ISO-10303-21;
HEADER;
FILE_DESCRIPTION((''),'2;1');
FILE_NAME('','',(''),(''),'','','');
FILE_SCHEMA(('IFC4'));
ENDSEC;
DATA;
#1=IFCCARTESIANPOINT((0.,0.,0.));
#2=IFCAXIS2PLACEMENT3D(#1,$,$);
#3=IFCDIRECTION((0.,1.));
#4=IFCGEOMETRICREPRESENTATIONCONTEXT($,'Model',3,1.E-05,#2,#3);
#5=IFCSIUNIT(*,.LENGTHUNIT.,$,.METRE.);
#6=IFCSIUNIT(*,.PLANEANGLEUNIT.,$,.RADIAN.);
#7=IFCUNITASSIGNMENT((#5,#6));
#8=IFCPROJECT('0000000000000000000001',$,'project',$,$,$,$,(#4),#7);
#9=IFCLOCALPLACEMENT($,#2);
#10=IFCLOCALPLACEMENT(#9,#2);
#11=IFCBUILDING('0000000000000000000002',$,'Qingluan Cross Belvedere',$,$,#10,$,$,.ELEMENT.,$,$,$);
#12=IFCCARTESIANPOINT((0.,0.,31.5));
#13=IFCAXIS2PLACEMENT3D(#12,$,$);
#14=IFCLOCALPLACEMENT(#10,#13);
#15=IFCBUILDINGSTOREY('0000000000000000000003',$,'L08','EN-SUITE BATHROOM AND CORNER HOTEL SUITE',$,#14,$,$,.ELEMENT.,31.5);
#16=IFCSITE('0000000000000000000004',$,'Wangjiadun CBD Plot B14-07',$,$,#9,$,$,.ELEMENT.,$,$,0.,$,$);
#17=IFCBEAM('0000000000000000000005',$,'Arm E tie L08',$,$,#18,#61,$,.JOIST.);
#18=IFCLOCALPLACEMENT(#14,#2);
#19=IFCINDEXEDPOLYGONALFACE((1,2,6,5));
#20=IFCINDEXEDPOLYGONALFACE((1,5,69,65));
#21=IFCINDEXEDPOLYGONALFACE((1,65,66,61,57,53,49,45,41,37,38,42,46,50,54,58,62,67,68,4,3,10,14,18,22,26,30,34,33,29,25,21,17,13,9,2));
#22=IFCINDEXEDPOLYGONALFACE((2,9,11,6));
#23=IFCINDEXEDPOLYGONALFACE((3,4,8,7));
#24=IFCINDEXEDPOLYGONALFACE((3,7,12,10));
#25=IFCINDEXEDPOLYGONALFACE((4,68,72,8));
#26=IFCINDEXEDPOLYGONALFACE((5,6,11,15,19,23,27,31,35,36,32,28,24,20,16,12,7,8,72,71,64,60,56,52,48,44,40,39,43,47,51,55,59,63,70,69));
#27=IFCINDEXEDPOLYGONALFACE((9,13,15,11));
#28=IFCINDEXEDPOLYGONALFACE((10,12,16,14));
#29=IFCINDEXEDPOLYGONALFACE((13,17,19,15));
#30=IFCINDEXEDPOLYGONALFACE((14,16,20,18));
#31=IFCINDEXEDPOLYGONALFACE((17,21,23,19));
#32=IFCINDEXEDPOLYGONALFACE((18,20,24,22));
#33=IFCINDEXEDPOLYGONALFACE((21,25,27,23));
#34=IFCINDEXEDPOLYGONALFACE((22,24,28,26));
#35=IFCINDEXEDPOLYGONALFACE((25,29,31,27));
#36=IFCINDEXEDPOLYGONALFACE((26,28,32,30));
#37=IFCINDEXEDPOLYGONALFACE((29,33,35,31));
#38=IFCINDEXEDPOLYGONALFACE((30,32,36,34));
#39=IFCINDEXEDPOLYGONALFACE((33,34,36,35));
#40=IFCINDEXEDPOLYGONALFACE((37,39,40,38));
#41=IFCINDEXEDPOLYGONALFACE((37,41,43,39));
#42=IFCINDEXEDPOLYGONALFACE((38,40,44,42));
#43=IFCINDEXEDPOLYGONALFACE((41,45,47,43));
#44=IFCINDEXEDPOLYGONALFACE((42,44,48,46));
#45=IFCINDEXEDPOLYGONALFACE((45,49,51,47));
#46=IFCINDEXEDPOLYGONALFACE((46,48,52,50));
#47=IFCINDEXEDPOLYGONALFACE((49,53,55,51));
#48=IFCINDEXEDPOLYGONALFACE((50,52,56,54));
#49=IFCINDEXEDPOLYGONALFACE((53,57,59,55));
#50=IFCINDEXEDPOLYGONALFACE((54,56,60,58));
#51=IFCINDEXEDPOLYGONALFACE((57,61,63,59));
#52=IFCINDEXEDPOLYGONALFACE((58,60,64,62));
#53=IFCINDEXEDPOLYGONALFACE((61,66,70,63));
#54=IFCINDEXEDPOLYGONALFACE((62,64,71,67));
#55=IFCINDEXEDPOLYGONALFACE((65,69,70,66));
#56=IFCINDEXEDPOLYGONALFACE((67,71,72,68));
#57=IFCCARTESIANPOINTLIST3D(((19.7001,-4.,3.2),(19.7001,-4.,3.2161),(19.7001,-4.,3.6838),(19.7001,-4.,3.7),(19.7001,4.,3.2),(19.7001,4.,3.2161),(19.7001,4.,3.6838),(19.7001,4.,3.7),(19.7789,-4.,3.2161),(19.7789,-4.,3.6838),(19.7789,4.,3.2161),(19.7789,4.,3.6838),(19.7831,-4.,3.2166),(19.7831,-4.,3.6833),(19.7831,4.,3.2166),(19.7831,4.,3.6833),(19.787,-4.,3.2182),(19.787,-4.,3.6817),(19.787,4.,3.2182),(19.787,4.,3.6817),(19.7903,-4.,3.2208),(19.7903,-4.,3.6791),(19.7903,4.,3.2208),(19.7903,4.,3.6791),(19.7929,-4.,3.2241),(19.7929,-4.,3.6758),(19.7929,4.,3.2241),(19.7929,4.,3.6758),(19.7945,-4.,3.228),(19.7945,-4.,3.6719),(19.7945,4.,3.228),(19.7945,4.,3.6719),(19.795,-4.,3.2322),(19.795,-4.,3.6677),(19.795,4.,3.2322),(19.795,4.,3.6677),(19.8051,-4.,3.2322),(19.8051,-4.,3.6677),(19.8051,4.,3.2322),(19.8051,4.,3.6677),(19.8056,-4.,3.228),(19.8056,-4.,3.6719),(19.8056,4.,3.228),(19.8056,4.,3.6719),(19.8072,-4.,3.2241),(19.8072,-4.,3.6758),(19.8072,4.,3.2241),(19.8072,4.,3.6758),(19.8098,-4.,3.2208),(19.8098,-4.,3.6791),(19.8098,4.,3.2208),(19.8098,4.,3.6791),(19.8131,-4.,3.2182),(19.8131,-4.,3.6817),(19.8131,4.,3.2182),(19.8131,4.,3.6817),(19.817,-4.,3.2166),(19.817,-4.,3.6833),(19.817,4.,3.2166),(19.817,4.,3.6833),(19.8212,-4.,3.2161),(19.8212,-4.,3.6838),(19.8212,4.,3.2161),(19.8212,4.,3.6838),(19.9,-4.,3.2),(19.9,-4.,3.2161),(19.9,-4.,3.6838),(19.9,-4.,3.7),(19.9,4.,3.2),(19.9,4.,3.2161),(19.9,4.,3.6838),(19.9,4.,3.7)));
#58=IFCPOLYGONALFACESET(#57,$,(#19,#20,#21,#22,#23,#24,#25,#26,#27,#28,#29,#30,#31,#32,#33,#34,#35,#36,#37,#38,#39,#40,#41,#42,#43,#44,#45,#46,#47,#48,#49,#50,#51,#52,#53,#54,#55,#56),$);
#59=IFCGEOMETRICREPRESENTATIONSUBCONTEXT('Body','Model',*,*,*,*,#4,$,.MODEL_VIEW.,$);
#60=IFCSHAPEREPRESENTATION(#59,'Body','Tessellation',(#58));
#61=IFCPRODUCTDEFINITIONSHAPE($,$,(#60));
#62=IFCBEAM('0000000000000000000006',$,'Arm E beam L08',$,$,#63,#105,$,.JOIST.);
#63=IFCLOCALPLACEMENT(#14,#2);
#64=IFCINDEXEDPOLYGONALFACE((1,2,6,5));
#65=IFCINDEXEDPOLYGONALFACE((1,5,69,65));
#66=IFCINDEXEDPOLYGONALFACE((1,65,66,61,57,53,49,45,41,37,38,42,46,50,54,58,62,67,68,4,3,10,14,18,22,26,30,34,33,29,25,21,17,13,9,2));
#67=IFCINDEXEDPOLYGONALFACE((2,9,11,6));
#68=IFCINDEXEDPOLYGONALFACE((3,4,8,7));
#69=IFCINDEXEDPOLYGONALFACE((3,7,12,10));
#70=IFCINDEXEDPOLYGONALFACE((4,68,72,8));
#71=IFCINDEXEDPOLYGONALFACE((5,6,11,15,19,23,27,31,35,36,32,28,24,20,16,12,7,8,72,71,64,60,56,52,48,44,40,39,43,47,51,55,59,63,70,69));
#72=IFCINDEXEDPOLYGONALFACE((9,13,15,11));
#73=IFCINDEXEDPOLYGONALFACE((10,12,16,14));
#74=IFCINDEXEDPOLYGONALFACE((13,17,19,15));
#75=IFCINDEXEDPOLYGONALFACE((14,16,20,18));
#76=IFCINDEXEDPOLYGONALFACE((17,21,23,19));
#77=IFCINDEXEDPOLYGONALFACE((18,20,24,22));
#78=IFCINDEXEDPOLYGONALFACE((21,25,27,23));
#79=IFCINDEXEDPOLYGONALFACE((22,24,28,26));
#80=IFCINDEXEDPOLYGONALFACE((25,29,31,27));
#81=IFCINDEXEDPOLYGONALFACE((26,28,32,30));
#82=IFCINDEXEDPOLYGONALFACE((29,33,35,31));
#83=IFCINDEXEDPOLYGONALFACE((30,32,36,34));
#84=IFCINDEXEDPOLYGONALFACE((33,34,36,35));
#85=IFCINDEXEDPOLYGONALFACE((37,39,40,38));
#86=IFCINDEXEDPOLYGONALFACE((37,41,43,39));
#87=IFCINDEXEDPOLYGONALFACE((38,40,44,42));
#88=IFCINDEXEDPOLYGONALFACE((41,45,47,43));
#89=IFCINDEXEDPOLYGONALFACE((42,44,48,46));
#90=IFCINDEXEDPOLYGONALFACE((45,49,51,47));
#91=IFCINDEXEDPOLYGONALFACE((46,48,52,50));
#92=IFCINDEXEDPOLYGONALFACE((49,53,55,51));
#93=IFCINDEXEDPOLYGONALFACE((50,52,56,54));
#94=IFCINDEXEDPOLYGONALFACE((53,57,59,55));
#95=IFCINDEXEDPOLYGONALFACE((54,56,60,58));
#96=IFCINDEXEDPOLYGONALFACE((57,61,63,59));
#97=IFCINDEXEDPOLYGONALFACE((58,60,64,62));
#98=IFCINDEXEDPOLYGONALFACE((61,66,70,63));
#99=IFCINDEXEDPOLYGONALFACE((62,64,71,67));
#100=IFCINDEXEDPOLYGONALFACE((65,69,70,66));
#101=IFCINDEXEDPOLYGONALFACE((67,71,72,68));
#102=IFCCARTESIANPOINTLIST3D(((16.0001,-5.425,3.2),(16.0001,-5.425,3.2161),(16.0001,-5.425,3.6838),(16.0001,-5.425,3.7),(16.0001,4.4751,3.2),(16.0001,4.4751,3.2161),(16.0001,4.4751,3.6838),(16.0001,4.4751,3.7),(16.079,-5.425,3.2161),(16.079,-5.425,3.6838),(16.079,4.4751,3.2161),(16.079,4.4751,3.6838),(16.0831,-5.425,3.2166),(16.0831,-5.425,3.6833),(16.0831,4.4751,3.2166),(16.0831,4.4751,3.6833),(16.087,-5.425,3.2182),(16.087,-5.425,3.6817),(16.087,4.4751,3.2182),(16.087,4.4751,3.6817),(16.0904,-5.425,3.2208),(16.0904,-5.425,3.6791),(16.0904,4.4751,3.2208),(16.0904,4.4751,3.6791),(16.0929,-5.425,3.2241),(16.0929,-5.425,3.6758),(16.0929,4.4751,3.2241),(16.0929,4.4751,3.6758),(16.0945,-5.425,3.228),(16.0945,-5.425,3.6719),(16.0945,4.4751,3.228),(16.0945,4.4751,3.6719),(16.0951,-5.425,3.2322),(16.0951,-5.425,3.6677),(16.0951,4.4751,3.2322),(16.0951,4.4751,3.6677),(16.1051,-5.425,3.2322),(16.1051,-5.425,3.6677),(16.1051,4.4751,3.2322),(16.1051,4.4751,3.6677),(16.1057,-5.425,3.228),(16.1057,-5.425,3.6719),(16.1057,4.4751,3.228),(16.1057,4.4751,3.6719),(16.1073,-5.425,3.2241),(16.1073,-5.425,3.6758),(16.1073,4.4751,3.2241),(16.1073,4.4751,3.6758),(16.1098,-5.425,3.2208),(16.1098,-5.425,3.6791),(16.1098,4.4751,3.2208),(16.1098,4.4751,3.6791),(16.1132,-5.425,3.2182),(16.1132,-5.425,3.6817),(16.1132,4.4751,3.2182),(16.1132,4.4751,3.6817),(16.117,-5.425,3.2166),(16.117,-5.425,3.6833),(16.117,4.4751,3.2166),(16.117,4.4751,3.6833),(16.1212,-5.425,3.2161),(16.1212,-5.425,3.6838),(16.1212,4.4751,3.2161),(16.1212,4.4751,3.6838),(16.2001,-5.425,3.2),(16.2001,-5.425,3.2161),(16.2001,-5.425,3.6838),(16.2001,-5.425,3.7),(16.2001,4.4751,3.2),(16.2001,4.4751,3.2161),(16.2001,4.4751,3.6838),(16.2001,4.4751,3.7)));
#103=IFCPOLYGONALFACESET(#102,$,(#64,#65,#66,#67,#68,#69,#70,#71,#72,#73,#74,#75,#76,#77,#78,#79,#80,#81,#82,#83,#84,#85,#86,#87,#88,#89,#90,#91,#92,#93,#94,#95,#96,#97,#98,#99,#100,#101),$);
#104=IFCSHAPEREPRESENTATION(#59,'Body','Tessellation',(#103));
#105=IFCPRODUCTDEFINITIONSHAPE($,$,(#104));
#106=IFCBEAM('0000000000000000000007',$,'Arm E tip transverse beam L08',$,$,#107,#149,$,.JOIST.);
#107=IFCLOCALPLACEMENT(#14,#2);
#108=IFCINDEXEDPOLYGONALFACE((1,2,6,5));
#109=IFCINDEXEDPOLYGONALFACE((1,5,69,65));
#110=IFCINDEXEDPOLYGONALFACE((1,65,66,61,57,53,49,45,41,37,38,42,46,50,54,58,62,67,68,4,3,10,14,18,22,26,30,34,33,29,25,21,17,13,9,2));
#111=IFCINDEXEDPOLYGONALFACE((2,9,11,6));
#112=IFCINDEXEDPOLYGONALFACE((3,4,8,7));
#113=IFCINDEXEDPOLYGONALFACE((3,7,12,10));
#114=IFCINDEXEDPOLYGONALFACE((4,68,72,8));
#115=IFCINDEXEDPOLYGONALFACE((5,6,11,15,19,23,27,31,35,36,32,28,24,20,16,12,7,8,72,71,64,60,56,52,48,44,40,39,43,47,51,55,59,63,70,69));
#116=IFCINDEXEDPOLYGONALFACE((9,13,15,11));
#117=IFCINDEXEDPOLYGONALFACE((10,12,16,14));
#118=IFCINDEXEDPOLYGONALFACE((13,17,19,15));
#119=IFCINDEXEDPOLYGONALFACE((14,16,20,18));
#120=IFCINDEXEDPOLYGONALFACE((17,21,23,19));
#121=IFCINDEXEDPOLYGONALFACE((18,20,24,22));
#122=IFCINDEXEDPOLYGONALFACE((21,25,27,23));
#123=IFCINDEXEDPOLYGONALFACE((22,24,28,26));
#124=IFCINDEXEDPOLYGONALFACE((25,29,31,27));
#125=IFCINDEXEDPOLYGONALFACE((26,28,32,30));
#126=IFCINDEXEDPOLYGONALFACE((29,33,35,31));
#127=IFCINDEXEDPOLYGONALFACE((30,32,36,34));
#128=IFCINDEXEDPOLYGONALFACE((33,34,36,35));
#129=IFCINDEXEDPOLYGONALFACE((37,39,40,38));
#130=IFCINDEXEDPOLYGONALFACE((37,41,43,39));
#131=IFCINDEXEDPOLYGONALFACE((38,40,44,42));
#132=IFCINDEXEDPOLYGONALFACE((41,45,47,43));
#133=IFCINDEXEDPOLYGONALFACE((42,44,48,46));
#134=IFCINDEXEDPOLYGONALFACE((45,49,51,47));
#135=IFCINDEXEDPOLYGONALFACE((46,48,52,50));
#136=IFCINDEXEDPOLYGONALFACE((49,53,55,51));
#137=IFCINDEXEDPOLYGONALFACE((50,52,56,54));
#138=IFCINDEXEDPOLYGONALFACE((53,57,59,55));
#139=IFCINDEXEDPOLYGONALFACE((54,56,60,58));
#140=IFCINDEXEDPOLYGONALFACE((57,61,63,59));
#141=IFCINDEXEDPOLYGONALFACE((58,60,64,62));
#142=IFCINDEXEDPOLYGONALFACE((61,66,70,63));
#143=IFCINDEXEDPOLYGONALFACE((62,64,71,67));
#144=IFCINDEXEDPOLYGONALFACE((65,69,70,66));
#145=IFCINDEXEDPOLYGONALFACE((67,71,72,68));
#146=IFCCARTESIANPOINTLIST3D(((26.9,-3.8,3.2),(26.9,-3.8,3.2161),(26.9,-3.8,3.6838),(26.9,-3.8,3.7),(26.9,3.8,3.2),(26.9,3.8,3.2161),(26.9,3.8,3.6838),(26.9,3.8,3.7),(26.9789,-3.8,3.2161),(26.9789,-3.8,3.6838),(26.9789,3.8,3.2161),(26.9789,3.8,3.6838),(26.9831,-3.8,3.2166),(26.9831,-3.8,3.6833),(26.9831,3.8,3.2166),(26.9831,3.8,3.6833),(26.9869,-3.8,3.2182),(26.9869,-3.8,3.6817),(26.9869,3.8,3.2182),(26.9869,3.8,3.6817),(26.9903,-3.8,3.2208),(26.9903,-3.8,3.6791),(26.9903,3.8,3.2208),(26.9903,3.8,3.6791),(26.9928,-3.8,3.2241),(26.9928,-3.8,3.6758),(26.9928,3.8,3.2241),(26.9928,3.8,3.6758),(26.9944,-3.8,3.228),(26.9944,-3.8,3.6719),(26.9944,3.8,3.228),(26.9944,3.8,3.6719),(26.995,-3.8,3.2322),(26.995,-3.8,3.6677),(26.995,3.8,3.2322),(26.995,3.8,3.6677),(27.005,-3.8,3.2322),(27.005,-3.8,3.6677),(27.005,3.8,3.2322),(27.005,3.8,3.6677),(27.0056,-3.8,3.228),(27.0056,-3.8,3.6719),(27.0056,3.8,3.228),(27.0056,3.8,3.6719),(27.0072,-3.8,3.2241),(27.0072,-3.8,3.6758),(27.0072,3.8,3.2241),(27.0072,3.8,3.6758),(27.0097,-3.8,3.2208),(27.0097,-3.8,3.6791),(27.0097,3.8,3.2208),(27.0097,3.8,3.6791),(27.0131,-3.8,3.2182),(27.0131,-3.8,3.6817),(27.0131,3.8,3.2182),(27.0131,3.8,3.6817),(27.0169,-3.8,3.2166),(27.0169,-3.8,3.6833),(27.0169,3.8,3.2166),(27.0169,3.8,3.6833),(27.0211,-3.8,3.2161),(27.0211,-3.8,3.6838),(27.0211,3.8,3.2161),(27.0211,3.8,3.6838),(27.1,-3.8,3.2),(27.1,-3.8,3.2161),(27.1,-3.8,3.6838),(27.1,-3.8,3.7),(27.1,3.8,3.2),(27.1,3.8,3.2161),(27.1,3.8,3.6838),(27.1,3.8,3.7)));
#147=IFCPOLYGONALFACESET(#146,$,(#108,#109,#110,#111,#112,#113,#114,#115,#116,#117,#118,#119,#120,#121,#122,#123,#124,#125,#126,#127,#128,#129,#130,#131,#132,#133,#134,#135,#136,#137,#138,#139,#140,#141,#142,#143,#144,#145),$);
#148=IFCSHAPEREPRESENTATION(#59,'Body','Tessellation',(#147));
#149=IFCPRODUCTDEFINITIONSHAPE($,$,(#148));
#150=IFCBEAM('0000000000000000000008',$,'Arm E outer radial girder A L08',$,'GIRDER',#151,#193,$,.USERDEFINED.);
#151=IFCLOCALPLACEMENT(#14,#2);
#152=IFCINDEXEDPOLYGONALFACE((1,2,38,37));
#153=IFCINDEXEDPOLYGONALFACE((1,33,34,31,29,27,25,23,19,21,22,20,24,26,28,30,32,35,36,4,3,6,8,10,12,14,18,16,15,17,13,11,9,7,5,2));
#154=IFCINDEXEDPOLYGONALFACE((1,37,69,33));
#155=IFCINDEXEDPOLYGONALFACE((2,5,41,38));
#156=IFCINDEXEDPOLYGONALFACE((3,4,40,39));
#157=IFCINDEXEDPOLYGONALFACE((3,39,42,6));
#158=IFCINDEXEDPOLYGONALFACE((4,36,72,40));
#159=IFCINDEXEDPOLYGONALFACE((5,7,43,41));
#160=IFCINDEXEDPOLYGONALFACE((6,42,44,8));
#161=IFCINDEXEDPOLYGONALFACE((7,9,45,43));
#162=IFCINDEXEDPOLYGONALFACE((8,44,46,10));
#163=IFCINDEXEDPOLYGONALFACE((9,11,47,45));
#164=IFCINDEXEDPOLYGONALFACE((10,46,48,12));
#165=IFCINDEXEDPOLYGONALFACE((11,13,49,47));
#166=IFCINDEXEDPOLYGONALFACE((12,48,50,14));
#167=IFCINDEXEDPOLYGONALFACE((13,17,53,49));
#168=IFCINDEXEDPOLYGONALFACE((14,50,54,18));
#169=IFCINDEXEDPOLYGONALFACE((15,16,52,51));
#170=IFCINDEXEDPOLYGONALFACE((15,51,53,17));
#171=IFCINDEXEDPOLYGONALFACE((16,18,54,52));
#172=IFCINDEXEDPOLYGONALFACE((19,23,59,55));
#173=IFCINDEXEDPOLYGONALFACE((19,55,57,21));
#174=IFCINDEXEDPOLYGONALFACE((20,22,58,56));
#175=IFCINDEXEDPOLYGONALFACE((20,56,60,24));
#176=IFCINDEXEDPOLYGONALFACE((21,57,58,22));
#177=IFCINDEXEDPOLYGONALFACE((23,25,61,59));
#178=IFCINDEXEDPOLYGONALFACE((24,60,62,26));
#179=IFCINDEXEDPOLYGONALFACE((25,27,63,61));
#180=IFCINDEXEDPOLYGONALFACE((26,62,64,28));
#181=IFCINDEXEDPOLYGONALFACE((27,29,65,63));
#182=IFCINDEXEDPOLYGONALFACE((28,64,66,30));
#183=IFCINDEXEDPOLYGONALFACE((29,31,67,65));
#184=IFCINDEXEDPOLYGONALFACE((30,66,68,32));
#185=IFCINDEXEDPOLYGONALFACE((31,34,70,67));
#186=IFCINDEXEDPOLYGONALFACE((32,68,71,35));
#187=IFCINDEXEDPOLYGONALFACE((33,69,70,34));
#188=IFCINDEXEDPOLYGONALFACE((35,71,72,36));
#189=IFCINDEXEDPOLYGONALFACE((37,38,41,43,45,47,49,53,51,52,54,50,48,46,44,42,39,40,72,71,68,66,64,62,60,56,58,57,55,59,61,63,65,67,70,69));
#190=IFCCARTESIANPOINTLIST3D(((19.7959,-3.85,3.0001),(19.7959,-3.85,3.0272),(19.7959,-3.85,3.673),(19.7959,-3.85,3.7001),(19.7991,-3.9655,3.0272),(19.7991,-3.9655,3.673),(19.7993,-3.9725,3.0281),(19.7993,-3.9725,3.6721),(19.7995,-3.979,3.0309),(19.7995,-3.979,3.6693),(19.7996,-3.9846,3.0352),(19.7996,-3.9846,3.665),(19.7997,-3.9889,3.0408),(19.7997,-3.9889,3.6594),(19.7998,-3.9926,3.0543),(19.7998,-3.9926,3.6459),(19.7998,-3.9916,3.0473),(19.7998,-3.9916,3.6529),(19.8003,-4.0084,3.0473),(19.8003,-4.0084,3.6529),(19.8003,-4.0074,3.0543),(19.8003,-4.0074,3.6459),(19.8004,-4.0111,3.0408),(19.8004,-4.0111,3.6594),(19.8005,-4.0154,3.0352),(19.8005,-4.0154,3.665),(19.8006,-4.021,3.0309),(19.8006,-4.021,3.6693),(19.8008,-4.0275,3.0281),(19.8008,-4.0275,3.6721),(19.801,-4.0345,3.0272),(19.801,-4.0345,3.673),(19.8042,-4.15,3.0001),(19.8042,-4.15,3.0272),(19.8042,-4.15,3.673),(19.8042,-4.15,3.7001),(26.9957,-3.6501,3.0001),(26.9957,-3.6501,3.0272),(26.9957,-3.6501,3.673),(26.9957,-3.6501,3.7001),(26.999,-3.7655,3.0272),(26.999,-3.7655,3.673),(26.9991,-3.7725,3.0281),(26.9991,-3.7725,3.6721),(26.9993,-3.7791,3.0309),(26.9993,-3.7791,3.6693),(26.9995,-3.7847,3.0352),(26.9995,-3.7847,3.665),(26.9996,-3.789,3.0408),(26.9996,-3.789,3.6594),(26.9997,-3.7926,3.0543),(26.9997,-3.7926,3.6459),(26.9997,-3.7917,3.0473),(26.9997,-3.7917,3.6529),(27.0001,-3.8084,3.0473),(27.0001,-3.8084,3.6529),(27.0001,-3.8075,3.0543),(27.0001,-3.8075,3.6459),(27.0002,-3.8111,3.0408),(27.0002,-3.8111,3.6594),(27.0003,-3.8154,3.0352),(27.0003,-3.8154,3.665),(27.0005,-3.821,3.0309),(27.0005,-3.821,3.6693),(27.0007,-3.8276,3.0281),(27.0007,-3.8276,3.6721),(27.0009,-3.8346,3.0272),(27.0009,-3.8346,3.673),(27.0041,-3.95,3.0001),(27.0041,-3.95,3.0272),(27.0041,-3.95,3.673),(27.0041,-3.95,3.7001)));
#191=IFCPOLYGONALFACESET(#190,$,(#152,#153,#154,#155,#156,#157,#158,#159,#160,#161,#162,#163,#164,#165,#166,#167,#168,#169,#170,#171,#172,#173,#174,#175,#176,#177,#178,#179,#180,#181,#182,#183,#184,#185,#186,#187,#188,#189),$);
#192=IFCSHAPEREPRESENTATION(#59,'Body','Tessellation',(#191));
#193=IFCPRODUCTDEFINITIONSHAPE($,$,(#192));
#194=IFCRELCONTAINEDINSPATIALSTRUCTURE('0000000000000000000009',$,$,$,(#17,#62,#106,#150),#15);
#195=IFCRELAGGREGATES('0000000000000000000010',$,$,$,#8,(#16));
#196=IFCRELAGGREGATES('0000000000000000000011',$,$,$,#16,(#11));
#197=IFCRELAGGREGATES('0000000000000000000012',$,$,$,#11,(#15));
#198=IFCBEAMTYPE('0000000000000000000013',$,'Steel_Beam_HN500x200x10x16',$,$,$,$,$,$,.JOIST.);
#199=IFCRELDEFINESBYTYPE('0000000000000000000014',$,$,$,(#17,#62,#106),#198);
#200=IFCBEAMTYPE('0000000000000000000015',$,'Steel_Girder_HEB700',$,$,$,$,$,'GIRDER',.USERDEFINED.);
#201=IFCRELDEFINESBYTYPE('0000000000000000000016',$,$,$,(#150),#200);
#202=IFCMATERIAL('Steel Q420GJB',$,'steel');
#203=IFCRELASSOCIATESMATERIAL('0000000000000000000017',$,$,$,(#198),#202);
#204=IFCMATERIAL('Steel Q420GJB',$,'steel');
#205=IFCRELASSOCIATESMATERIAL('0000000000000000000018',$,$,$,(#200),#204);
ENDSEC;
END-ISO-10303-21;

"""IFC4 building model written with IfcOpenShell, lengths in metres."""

from ifc_helpers import new_model, si_unit, direction, frame, origin, origin_2d, place, context, subcontext, project, spatial, i_section, extrude, material, material_profile, profile_set, type_object, element, save


model = new_model("IFC4")

# Units and contexts
model_context = context("Model", 3, precision=1e-05, world=origin(), true_north=direction((0.0, 1.0)))
body_context = subcontext(model_context, "Body", "Model", "MODEL_VIEW")
ifc_project = project(units=[si_unit("LENGTHUNIT", "METRE"), si_unit("PLANEANGLEUNIT", "RADIAN")], contexts=[model_context])

# Site, building, storey
site_placement = place(None, origin())
site = spatial("IfcSite", under=ifc_project, at=site_placement, Name="Wangjiadun CBD Plot B14-07", CompositionType="ELEMENT", RefElevation=0.0)
building_placement = place(site_placement, origin())
building = spatial("IfcBuilding", under=site, at=building_placement, Name="Qingluan Cross Belvedere", CompositionType="ELEMENT")
storey_placement = place(building_placement, frame((0.0, 0.0, 31.5)))
storey = spatial("IfcBuildingStorey", under=building, at=storey_placement, Name="L08", Description="EN-SUITE BATHROOM AND CORNER HOTEL SUITE", CompositionType="ELEMENT", Elevation=31.5)

# Beams
ifc_material_1 = material(Name="Steel Q420GJB", Category="steel")
ifc_material_profile_1 = material_profile(ifc_material_1, i_section(OverallWidth=0.2, OverallDepth=0.5, WebThickness=0.01, FlangeThickness=0.0161, FilletRadius=0.0161, at=origin_2d()), Name="HN500x200x10x16")
ifc_profile_set_1 = profile_set([ifc_material_profile_1], Name="Steel Q420GJB")
beam_type_1 = type_object("IfcBeamType", Name="Steel_Beam_HN500x200x10x16", PredefinedType="JOIST", material=ifc_profile_set_1)
beam_1_placement = place(storey_placement, frame((19.8, -4.0, 3.45), z_axis=(0.0, 1.0, 0.0), x_axis=(-1.0, 0.0, 0.0)))
element("IfcBeam", 1, at=beam_1_placement, inside=storey, type_object=beam_type_1, Name="Arm E tie L08", PredefinedType="JOIST", context=body_context, shape_type="SweptSolid", body=[
    extrude(i_section(OverallWidth=0.2, OverallDepth=0.5, WebThickness=0.01, FlangeThickness=0.0161, FilletRadius=0.0161, at=origin_2d()), origin(), (0.0, 0.0, 1.0), 8.0),
])
beam_2_placement = place(storey_placement, frame((16.1001, -5.425, 3.45), z_axis=(0.0, 1.0, 0.0), x_axis=(-1.0, 0.0, 0.0)))
element("IfcBeam", 2, at=beam_2_placement, inside=storey, type_object=beam_type_1, Name="Arm E beam L08", PredefinedType="JOIST", context=body_context, shape_type="SweptSolid", body=[
    extrude(i_section(OverallWidth=0.2, OverallDepth=0.5, WebThickness=0.01, FlangeThickness=0.0161, FilletRadius=0.0161, at=origin_2d()), origin(), (0.0, 0.0, 1.0), 9.9001),
])
beam_3_placement = place(storey_placement, frame((27.0, -3.8, 3.45), z_axis=(0.0, 1.0, 0.0), x_axis=(-1.0, 0.0, 0.0)))
element("IfcBeam", 3, at=beam_3_placement, inside=storey, type_object=beam_type_1, Name="Arm E tip transverse beam L08", PredefinedType="JOIST", context=body_context, shape_type="SweptSolid", body=[
    extrude(i_section(OverallWidth=0.2, OverallDepth=0.5, WebThickness=0.01, FlangeThickness=0.0161, FilletRadius=0.0161, at=origin_2d()), origin(), (0.0, 0.0, 1.0), 7.6001),
])
ifc_material_2 = material(Name="Steel Q420GJB", Category="steel")
ifc_material_profile_2 = material_profile(ifc_material_2, i_section(OverallWidth=0.3, OverallDepth=0.7, WebThickness=0.0149, FlangeThickness=0.0271, FilletRadius=0.0271, at=origin_2d()), Name="HEB700")
ifc_profile_set_2 = profile_set([ifc_material_profile_2], Name="Steel Q420GJB")
beam_type_2 = type_object("IfcBeamType", Name="Steel_Girder_HEB700", ElementType="GIRDER", PredefinedType="USERDEFINED", material=ifc_profile_set_2)
beam_4_placement = place(storey_placement, frame((19.8, -4.0, 3.3501), z_axis=(0.999615, 0.02776, 0.0), x_axis=(-0.02776, 0.999615, 0.0)))
element("IfcBeam", 4, at=beam_4_placement, inside=storey, type_object=beam_type_2, Name="Arm E outer radial girder A L08", ObjectType="GIRDER", PredefinedType="USERDEFINED", context=body_context, shape_type="SweptSolid", body=[
    extrude(i_section(OverallWidth=0.3, OverallDepth=0.7, WebThickness=0.0149, FlangeThickness=0.0271, FilletRadius=0.0271, at=origin_2d()), origin(), (0.0, 0.0, 1.0), 7.2026),
])

save(model, "model.ifc")
